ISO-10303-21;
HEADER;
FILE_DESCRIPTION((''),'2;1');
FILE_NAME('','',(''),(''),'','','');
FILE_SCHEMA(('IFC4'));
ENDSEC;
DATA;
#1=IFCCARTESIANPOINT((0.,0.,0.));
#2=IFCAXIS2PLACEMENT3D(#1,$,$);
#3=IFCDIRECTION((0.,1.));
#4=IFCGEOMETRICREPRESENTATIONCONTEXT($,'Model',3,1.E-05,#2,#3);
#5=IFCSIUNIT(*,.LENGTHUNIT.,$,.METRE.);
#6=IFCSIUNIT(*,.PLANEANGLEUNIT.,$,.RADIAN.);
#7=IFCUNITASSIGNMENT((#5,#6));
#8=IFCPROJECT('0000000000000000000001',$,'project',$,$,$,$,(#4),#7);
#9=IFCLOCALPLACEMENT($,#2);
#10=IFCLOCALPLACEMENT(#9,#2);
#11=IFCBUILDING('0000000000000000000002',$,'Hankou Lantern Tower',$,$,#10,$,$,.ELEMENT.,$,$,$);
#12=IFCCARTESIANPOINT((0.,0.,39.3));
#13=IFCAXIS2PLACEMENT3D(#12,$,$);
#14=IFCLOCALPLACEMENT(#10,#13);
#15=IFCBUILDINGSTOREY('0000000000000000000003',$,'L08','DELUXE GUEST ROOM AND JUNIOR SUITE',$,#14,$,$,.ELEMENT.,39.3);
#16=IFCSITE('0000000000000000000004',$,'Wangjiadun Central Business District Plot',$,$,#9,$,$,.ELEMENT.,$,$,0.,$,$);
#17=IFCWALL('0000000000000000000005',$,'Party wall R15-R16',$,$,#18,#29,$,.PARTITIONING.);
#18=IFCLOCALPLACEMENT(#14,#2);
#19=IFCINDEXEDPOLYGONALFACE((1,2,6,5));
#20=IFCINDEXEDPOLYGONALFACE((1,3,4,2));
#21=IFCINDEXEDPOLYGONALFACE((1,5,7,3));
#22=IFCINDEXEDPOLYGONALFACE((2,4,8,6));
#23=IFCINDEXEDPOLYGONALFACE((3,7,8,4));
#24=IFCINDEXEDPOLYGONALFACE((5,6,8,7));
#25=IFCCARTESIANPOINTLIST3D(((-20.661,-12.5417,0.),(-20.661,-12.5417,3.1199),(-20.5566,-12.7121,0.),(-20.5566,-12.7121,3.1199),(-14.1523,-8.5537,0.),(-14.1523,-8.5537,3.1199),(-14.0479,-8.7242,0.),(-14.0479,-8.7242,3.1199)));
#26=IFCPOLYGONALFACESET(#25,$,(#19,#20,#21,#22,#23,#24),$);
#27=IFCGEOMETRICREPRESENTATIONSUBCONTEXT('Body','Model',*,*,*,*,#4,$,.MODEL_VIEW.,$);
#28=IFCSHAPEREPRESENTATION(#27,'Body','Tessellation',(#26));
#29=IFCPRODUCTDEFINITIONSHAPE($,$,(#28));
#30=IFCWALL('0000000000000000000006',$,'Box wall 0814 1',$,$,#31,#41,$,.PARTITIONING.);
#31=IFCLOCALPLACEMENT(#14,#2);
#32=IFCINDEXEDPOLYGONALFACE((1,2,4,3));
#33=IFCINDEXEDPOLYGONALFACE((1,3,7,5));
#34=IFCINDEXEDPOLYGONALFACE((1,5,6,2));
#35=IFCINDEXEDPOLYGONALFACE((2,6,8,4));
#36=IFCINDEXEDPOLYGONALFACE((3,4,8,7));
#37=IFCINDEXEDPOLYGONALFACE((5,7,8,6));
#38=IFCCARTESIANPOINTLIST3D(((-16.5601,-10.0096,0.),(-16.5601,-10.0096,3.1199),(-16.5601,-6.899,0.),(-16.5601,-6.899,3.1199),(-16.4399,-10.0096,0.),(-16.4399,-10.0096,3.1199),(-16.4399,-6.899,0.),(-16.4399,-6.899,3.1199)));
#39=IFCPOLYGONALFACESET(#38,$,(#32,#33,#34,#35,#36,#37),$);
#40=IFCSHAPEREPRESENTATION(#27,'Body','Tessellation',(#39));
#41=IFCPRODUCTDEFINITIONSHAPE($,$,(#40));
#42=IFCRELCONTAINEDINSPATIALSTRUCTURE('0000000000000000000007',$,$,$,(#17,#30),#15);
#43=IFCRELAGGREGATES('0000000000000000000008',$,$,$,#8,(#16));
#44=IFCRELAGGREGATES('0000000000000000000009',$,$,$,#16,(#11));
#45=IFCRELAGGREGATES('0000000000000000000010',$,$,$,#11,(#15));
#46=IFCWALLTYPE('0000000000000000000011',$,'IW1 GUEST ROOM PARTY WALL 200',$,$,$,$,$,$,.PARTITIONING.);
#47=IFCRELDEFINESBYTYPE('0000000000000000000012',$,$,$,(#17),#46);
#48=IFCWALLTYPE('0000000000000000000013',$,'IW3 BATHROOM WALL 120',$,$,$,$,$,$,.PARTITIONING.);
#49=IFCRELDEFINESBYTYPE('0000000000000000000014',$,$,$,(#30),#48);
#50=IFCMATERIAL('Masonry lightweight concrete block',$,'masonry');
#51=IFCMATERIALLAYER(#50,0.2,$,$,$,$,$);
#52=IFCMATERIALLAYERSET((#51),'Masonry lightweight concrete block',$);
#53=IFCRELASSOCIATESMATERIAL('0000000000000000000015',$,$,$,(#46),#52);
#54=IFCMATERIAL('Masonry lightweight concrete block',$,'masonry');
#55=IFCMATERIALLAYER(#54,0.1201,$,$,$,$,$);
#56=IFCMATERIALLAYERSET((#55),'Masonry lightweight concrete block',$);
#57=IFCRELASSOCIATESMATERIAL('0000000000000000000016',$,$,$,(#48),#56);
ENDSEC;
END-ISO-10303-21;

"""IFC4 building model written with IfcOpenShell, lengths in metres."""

from ifc_helpers import new_model, si_unit, direction, frame, frame_2d, origin, place, context, subcontext, project, spatial, rectangle, extrude, material, layer, layer_set, type_object, element, save


model = new_model("IFC4")

# Units and contexts
model_context = context("Model", 3, precision=1e-05, world=origin(), true_north=direction((0.0, 1.0)))
body_context = subcontext(model_context, "Body", "Model", "MODEL_VIEW")
ifc_project = project(units=[si_unit("LENGTHUNIT", "METRE"), si_unit("PLANEANGLEUNIT", "RADIAN")], contexts=[model_context])

# Site, building, storey
site_placement = place(None, origin())
site = spatial("IfcSite", under=ifc_project, at=site_placement, Name="Wangjiadun Central Business District Plot", CompositionType="ELEMENT", RefElevation=0.0)
building_placement = place(site_placement, origin())
building = spatial("IfcBuilding", under=site, at=building_placement, Name="Hankou Lantern Tower", CompositionType="ELEMENT")
storey_placement = place(building_placement, frame((0.0, 0.0, 39.3)))
storey = spatial("IfcBuildingStorey", under=building, at=storey_placement, Name="L08", Description="DELUXE GUEST ROOM AND JUNIOR SUITE", CompositionType="ELEMENT", Elevation=39.3)

# Walls
ifc_material_1 = material(Name="Masonry lightweight concrete block", Category="masonry")
ifc_layer_1 = layer(ifc_material_1, 0.2)
ifc_layer_set_1 = layer_set([ifc_layer_1], Name="Masonry lightweight concrete block")
wall_type_1 = type_object("IfcWallType", Name="IW1 GUEST ROOM PARTY WALL 200", PredefinedType="PARTITIONING", material=ifc_layer_set_1)
wall_1_placement = place(storey_placement, frame((-14.1001, -8.6389, 0.0), z_axis=(0.0, 0.0, 1.0), x_axis=(-0.852672, -0.522446, 0.0)))
element("IfcWall", 1, at=wall_1_placement, inside=storey, type_object=wall_type_1, Name="Party wall R15-R16", PredefinedType="PARTITIONING", context=body_context, shape_type="SweptSolid", body=[
    extrude(rectangle(XDim=7.6333, YDim=0.2, at=frame_2d((3.8167, 0.0))), origin(), (0.0, 0.0, 1.0), 3.1199),
])
ifc_material_2 = material(Name="Masonry lightweight concrete block", Category="masonry")
ifc_layer_2 = layer(ifc_material_2, 0.1201)
ifc_layer_set_2 = layer_set([ifc_layer_2], Name="Masonry lightweight concrete block")
wall_type_2 = type_object("IfcWallType", Name="IW3 BATHROOM WALL 120", PredefinedType="PARTITIONING", material=ifc_layer_set_2)
wall_2_placement = place(storey_placement, frame((-16.5, -10.0095, 0.0), z_axis=(0.0, 0.0, 1.0), x_axis=(0.0, 1.0, 0.0)))
element("IfcWall", 2, at=wall_2_placement, inside=storey, type_object=wall_type_2, Name="Box wall 0814 1", PredefinedType="PARTITIONING", context=body_context, shape_type="SweptSolid", body=[
    extrude(rectangle(XDim=3.1106, YDim=0.1201, at=frame_2d((1.5552, 0.0))), origin(), (0.0, 0.0, 1.0), 3.1199),
])

save(model, "model.ifc")
